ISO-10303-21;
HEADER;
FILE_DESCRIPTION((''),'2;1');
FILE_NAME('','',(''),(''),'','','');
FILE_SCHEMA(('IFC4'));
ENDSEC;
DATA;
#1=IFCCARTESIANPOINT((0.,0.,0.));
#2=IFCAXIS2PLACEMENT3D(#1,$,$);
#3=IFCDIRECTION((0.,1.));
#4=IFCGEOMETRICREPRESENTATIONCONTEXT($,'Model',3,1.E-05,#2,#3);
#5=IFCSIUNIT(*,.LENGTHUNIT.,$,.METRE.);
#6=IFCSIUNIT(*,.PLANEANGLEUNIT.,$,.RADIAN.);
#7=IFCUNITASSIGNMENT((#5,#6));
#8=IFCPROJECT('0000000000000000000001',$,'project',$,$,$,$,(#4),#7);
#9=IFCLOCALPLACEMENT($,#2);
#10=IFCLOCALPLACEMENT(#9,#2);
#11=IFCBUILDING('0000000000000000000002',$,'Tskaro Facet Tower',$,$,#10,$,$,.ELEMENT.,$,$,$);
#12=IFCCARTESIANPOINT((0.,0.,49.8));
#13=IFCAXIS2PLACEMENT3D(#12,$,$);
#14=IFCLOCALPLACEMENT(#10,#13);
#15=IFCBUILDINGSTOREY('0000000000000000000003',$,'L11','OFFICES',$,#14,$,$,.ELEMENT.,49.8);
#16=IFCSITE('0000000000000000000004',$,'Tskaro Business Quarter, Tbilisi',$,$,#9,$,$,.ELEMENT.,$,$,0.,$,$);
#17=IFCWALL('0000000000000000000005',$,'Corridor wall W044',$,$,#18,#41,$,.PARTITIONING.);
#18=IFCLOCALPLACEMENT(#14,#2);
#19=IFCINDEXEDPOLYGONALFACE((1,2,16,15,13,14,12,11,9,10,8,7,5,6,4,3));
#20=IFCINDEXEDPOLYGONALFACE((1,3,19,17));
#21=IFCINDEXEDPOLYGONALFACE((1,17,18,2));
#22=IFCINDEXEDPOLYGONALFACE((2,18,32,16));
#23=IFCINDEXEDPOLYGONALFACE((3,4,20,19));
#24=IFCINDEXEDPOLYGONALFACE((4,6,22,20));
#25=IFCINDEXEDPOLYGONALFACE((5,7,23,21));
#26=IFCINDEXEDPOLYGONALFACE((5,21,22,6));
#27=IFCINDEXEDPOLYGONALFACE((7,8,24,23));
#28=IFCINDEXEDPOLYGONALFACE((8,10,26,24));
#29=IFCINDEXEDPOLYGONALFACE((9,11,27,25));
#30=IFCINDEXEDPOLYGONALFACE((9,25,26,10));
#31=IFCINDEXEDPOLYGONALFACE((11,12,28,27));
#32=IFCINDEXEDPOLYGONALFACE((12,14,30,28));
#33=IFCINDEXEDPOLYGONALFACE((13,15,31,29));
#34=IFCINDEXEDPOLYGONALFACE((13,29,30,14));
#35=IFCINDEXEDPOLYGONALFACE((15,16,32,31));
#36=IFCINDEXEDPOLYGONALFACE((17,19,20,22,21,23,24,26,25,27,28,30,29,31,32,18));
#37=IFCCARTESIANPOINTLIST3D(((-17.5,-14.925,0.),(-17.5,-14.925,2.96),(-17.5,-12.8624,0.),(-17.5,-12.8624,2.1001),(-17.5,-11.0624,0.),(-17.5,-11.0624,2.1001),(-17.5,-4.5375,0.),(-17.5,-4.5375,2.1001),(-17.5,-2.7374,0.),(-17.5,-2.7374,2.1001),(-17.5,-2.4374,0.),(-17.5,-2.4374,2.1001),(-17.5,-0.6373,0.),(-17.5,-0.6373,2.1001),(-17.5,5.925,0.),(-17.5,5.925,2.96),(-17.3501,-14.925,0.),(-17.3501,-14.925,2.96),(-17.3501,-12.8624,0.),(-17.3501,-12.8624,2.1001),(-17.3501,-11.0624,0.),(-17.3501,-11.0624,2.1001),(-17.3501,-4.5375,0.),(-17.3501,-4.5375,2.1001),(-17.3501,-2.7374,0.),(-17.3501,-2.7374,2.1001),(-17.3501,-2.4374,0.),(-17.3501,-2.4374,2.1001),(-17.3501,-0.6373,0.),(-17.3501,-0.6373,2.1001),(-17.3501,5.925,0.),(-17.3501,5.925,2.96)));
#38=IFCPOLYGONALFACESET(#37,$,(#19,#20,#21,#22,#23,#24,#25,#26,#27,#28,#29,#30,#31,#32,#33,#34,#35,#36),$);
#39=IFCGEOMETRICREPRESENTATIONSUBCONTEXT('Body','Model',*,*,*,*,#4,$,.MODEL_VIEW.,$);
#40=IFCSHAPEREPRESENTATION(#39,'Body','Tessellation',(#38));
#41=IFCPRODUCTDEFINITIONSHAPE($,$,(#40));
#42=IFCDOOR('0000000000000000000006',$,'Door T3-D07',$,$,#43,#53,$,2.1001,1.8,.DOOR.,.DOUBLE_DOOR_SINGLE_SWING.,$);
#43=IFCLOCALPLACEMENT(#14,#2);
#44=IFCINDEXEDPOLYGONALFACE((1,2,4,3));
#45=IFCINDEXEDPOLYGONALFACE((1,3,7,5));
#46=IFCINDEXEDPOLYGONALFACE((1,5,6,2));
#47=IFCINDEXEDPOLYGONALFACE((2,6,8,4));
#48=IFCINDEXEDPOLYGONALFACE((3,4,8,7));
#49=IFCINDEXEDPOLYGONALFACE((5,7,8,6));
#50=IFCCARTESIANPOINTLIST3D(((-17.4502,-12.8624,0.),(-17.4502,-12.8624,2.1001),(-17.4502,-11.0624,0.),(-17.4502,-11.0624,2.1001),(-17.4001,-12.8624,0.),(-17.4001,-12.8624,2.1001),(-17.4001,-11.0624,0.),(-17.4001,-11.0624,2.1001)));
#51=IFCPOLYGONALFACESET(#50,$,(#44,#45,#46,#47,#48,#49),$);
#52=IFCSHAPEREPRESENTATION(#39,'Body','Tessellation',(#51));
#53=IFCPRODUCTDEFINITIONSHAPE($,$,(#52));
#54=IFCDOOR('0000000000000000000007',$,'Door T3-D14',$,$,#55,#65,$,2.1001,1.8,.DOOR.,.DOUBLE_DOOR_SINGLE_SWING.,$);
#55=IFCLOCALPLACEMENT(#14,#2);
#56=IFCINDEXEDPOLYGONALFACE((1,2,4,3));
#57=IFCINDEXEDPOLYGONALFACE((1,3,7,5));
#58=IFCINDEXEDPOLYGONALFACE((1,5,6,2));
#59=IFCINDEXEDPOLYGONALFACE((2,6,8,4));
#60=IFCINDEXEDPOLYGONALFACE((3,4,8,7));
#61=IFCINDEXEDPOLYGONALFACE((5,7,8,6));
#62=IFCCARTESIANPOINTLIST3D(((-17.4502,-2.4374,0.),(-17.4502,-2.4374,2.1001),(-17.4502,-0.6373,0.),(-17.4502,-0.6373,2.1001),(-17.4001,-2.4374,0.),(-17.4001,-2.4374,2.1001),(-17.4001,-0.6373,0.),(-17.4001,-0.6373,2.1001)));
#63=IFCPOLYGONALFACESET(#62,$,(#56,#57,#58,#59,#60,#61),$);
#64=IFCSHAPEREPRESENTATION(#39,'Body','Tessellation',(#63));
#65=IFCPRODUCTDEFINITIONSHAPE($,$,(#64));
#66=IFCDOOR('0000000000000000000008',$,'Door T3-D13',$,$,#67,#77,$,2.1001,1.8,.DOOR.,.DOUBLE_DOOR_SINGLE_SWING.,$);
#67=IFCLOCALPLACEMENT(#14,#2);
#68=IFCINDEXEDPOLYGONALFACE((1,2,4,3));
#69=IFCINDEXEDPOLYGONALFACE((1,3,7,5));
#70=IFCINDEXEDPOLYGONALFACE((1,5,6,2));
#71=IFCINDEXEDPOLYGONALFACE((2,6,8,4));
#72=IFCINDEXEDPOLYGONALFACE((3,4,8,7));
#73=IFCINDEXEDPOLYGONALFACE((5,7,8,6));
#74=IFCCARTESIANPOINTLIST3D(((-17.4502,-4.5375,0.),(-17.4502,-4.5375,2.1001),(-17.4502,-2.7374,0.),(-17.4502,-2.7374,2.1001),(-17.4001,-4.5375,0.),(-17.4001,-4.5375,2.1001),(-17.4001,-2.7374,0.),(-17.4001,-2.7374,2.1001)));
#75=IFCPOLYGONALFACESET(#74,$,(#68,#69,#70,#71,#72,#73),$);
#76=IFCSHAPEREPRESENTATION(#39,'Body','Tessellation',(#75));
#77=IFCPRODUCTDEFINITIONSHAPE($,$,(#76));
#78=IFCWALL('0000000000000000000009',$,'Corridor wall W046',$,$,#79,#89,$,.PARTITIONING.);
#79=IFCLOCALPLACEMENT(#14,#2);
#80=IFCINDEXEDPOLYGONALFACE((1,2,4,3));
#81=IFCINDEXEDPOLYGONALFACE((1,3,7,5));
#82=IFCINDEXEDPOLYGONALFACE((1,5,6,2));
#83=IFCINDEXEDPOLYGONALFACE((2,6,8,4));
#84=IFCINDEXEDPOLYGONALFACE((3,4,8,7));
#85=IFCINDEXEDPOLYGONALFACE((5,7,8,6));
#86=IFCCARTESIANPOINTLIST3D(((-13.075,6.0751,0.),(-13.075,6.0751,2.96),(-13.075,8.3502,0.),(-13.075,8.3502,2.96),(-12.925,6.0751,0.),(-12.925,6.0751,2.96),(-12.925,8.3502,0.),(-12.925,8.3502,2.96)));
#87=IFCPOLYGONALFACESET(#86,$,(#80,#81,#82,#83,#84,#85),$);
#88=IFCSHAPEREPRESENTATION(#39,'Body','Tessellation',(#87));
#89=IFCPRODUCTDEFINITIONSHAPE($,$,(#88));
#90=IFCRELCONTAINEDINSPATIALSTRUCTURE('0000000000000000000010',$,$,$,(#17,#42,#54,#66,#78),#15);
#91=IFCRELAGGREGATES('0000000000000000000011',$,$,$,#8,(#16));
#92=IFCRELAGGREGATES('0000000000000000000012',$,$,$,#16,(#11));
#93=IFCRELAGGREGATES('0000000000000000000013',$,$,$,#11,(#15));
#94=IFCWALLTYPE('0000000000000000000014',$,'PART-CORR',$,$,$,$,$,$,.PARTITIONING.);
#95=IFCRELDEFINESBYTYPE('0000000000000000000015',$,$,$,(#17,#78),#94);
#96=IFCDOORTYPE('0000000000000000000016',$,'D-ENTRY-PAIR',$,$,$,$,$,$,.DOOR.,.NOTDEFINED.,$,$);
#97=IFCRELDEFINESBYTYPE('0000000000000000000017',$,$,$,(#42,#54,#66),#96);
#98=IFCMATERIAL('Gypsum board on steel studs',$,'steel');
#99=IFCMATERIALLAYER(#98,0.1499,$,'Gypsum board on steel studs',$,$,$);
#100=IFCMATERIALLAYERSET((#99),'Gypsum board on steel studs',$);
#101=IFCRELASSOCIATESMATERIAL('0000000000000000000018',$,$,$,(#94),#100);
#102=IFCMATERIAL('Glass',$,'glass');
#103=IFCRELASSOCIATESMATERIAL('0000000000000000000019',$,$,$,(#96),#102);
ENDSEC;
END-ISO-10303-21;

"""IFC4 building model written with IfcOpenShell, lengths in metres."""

from ifc_helpers import new_model, si_unit, direction, frame, frame_2d, origin, place, context, subcontext, project, spatial, rectangle, extrude, material, layer, layer_set, type_object, element, fill, save


model = new_model("IFC4")

# Units and contexts
model_context = context("Model", 3, precision=1e-05, world=origin(), true_north=direction((0.0, 1.0)))
body_context = subcontext(model_context, "Body", "Model", "MODEL_VIEW")
ifc_project = project(units=[si_unit("LENGTHUNIT", "METRE"), si_unit("PLANEANGLEUNIT", "RADIAN")], contexts=[model_context])

# Site, building, storey
site_placement = place(None, origin())
site = spatial("IfcSite", under=ifc_project, at=site_placement, Name="Tskaro Business Quarter, Tbilisi", CompositionType="ELEMENT", RefElevation=0.0)
building_placement = place(site_placement, origin())
building = spatial("IfcBuilding", under=site, at=building_placement, Name="Tskaro Facet Tower", CompositionType="ELEMENT")
storey_placement = place(building_placement, frame((0.0, 0.0, 49.8)))
storey = spatial("IfcBuildingStorey", under=building, at=storey_placement, Name="L11", Description="OFFICES", CompositionType="ELEMENT", Elevation=49.8)

# Shared definitions
ifc_material_1 = material(Name="Gypsum board on steel studs", Category="steel")

# Shared definitions
ifc_layer_1 = layer(ifc_material_1, 0.1499, Name="Gypsum board on steel studs")
ifc_layer_set_1 = layer_set([ifc_layer_1], Name="Gypsum board on steel studs")
wall_type_1 = type_object("IfcWallType", Name="PART-CORR", PredefinedType="PARTITIONING", material=ifc_layer_set_1)
ifc_material_2 = material(Name="Glass", Category="glass")
door_type = type_object("IfcDoorType", Name="D-ENTRY-PAIR", OperationType="NOTDEFINED", PredefinedType="DOOR", material=ifc_material_2)

# Wall, openings, doors
wall_1_placement = place(storey_placement, frame((-17.425, 5.925, 0.0), z_axis=(0.0, 0.0, 1.0), x_axis=(0.0, -1.0, 0.0)))
wall_1 = element("IfcWall", 1, at=wall_1_placement, inside=storey, type_object=wall_type_1, Name="Corridor wall W044", PredefinedType="PARTITIONING", context=body_context, shape_type="SweptSolid", body=[
    extrude(rectangle(XDim=20.8501, YDim=0.1499, at=frame_2d((10.425, 0.0))), origin(), (0.0, 0.0, 1.0), 2.96),
])
opening_1_placement = place(wall_1_placement, frame((16.9875, 0.0, 0.0)))
opening_1 = element("IfcOpeningElement", 2, at=opening_1_placement, cuts=wall_1, PredefinedType="OPENING", context=body_context, shape_type="SweptSolid", body=[
    extrude(rectangle(XDim=1.8, YDim=2.1001, at=frame_2d((0.8999, 1.05))), frame((0.0, 0.085, 0.0), z_axis=(0.0, -1.0, 0.0), x_axis=(1.0, 0.0, 0.0)), (0.0, 0.0, 1.0), 0.1699),
])
opening_2_placement = place(wall_1_placement, frame((6.5625, 0.0, 0.0)))
opening_2 = element("IfcOpeningElement", 3, at=opening_2_placement, cuts=wall_1, PredefinedType="OPENING", context=body_context, shape_type="SweptSolid", body=[
    extrude(rectangle(XDim=1.8, YDim=2.1001, at=frame_2d((0.8999, 1.05))), frame((0.0, 0.085, 0.0), z_axis=(0.0, -1.0, 0.0), x_axis=(1.0, 0.0, 0.0)), (0.0, 0.0, 1.0), 0.1699),
])
opening_3_placement = place(wall_1_placement, frame((8.6626, 0.0, 0.0)))
opening_3 = element("IfcOpeningElement", 4, at=opening_3_placement, cuts=wall_1, PredefinedType="OPENING", context=body_context, shape_type="SweptSolid", body=[
    extrude(rectangle(XDim=1.8, YDim=2.1001, at=frame_2d((0.8999, 1.05))), frame((0.0, 0.085, 0.0), z_axis=(0.0, -1.0, 0.0), x_axis=(1.0, 0.0, 0.0)), (0.0, 0.0, 1.0), 0.1699),
])
door_1_placement = place(opening_1_placement, origin())
door_1 = element("IfcDoor", 5, at=door_1_placement, inside=storey, type_object=door_type, Name="Door T3-D07", OperationType="DOUBLE_DOOR_SINGLE_SWING", OverallHeight=2.1001, OverallWidth=1.8, PredefinedType="DOOR", context=body_context, shape_type="SweptSolid", body=[
    extrude(rectangle(XDim=1.8, YDim=2.1001, at=frame_2d((0.8999, 1.05))), frame((0.0, 0.0249, 0.0), z_axis=(0.0, -1.0, 0.0), x_axis=(1.0, 0.0, 0.0)), (0.0, 0.0, 1.0), 0.05),
])
fill(opening_1, door_1)
door_2_placement = place(opening_2_placement, origin())
door_2 = element("IfcDoor", 6, at=door_2_placement, inside=storey, type_object=door_type, Name="Door T3-D14", OperationType="DOUBLE_DOOR_SINGLE_SWING", OverallHeight=2.1001, OverallWidth=1.8, PredefinedType="DOOR", context=body_context, shape_type="SweptSolid", body=[
    extrude(rectangle(XDim=1.8, YDim=2.1001, at=frame_2d((0.8999, 1.05))), frame((0.0, 0.0249, 0.0), z_axis=(0.0, -1.0, 0.0), x_axis=(1.0, 0.0, 0.0)), (0.0, 0.0, 1.0), 0.05),
])
fill(opening_2, door_2)
door_3_placement = place(opening_3_placement, origin())
door_3 = element("IfcDoor", 7, at=door_3_placement, inside=storey, type_object=door_type, Name="Door T3-D13", OperationType="DOUBLE_DOOR_SINGLE_SWING", OverallHeight=2.1001, OverallWidth=1.8, PredefinedType="DOOR", context=body_context, shape_type="SweptSolid", body=[
    extrude(rectangle(XDim=1.8, YDim=2.1001, at=frame_2d((0.8999, 1.05))), frame((0.0, 0.0249, 0.0), z_axis=(0.0, -1.0, 0.0), x_axis=(1.0, 0.0, 0.0)), (0.0, 0.0, 1.0), 0.05),
])
fill(opening_3, door_3)

# Wall
wall_2_placement = place(storey_placement, frame((-13.0, 6.075, 0.0), z_axis=(0.0, 0.0, 1.0), x_axis=(0.0, 1.0, 0.0)))
element("IfcWall", 8, at=wall_2_placement, inside=storey, type_object=wall_type_1, Name="Corridor wall W046", PredefinedType="PARTITIONING", context=body_context, shape_type="SweptSolid", body=[
    extrude(rectangle(XDim=2.2751, YDim=0.1499, at=frame_2d((1.1377, 0.0))), origin(), (0.0, 0.0, 1.0), 2.96),
])

save(model, "model.ifc")
